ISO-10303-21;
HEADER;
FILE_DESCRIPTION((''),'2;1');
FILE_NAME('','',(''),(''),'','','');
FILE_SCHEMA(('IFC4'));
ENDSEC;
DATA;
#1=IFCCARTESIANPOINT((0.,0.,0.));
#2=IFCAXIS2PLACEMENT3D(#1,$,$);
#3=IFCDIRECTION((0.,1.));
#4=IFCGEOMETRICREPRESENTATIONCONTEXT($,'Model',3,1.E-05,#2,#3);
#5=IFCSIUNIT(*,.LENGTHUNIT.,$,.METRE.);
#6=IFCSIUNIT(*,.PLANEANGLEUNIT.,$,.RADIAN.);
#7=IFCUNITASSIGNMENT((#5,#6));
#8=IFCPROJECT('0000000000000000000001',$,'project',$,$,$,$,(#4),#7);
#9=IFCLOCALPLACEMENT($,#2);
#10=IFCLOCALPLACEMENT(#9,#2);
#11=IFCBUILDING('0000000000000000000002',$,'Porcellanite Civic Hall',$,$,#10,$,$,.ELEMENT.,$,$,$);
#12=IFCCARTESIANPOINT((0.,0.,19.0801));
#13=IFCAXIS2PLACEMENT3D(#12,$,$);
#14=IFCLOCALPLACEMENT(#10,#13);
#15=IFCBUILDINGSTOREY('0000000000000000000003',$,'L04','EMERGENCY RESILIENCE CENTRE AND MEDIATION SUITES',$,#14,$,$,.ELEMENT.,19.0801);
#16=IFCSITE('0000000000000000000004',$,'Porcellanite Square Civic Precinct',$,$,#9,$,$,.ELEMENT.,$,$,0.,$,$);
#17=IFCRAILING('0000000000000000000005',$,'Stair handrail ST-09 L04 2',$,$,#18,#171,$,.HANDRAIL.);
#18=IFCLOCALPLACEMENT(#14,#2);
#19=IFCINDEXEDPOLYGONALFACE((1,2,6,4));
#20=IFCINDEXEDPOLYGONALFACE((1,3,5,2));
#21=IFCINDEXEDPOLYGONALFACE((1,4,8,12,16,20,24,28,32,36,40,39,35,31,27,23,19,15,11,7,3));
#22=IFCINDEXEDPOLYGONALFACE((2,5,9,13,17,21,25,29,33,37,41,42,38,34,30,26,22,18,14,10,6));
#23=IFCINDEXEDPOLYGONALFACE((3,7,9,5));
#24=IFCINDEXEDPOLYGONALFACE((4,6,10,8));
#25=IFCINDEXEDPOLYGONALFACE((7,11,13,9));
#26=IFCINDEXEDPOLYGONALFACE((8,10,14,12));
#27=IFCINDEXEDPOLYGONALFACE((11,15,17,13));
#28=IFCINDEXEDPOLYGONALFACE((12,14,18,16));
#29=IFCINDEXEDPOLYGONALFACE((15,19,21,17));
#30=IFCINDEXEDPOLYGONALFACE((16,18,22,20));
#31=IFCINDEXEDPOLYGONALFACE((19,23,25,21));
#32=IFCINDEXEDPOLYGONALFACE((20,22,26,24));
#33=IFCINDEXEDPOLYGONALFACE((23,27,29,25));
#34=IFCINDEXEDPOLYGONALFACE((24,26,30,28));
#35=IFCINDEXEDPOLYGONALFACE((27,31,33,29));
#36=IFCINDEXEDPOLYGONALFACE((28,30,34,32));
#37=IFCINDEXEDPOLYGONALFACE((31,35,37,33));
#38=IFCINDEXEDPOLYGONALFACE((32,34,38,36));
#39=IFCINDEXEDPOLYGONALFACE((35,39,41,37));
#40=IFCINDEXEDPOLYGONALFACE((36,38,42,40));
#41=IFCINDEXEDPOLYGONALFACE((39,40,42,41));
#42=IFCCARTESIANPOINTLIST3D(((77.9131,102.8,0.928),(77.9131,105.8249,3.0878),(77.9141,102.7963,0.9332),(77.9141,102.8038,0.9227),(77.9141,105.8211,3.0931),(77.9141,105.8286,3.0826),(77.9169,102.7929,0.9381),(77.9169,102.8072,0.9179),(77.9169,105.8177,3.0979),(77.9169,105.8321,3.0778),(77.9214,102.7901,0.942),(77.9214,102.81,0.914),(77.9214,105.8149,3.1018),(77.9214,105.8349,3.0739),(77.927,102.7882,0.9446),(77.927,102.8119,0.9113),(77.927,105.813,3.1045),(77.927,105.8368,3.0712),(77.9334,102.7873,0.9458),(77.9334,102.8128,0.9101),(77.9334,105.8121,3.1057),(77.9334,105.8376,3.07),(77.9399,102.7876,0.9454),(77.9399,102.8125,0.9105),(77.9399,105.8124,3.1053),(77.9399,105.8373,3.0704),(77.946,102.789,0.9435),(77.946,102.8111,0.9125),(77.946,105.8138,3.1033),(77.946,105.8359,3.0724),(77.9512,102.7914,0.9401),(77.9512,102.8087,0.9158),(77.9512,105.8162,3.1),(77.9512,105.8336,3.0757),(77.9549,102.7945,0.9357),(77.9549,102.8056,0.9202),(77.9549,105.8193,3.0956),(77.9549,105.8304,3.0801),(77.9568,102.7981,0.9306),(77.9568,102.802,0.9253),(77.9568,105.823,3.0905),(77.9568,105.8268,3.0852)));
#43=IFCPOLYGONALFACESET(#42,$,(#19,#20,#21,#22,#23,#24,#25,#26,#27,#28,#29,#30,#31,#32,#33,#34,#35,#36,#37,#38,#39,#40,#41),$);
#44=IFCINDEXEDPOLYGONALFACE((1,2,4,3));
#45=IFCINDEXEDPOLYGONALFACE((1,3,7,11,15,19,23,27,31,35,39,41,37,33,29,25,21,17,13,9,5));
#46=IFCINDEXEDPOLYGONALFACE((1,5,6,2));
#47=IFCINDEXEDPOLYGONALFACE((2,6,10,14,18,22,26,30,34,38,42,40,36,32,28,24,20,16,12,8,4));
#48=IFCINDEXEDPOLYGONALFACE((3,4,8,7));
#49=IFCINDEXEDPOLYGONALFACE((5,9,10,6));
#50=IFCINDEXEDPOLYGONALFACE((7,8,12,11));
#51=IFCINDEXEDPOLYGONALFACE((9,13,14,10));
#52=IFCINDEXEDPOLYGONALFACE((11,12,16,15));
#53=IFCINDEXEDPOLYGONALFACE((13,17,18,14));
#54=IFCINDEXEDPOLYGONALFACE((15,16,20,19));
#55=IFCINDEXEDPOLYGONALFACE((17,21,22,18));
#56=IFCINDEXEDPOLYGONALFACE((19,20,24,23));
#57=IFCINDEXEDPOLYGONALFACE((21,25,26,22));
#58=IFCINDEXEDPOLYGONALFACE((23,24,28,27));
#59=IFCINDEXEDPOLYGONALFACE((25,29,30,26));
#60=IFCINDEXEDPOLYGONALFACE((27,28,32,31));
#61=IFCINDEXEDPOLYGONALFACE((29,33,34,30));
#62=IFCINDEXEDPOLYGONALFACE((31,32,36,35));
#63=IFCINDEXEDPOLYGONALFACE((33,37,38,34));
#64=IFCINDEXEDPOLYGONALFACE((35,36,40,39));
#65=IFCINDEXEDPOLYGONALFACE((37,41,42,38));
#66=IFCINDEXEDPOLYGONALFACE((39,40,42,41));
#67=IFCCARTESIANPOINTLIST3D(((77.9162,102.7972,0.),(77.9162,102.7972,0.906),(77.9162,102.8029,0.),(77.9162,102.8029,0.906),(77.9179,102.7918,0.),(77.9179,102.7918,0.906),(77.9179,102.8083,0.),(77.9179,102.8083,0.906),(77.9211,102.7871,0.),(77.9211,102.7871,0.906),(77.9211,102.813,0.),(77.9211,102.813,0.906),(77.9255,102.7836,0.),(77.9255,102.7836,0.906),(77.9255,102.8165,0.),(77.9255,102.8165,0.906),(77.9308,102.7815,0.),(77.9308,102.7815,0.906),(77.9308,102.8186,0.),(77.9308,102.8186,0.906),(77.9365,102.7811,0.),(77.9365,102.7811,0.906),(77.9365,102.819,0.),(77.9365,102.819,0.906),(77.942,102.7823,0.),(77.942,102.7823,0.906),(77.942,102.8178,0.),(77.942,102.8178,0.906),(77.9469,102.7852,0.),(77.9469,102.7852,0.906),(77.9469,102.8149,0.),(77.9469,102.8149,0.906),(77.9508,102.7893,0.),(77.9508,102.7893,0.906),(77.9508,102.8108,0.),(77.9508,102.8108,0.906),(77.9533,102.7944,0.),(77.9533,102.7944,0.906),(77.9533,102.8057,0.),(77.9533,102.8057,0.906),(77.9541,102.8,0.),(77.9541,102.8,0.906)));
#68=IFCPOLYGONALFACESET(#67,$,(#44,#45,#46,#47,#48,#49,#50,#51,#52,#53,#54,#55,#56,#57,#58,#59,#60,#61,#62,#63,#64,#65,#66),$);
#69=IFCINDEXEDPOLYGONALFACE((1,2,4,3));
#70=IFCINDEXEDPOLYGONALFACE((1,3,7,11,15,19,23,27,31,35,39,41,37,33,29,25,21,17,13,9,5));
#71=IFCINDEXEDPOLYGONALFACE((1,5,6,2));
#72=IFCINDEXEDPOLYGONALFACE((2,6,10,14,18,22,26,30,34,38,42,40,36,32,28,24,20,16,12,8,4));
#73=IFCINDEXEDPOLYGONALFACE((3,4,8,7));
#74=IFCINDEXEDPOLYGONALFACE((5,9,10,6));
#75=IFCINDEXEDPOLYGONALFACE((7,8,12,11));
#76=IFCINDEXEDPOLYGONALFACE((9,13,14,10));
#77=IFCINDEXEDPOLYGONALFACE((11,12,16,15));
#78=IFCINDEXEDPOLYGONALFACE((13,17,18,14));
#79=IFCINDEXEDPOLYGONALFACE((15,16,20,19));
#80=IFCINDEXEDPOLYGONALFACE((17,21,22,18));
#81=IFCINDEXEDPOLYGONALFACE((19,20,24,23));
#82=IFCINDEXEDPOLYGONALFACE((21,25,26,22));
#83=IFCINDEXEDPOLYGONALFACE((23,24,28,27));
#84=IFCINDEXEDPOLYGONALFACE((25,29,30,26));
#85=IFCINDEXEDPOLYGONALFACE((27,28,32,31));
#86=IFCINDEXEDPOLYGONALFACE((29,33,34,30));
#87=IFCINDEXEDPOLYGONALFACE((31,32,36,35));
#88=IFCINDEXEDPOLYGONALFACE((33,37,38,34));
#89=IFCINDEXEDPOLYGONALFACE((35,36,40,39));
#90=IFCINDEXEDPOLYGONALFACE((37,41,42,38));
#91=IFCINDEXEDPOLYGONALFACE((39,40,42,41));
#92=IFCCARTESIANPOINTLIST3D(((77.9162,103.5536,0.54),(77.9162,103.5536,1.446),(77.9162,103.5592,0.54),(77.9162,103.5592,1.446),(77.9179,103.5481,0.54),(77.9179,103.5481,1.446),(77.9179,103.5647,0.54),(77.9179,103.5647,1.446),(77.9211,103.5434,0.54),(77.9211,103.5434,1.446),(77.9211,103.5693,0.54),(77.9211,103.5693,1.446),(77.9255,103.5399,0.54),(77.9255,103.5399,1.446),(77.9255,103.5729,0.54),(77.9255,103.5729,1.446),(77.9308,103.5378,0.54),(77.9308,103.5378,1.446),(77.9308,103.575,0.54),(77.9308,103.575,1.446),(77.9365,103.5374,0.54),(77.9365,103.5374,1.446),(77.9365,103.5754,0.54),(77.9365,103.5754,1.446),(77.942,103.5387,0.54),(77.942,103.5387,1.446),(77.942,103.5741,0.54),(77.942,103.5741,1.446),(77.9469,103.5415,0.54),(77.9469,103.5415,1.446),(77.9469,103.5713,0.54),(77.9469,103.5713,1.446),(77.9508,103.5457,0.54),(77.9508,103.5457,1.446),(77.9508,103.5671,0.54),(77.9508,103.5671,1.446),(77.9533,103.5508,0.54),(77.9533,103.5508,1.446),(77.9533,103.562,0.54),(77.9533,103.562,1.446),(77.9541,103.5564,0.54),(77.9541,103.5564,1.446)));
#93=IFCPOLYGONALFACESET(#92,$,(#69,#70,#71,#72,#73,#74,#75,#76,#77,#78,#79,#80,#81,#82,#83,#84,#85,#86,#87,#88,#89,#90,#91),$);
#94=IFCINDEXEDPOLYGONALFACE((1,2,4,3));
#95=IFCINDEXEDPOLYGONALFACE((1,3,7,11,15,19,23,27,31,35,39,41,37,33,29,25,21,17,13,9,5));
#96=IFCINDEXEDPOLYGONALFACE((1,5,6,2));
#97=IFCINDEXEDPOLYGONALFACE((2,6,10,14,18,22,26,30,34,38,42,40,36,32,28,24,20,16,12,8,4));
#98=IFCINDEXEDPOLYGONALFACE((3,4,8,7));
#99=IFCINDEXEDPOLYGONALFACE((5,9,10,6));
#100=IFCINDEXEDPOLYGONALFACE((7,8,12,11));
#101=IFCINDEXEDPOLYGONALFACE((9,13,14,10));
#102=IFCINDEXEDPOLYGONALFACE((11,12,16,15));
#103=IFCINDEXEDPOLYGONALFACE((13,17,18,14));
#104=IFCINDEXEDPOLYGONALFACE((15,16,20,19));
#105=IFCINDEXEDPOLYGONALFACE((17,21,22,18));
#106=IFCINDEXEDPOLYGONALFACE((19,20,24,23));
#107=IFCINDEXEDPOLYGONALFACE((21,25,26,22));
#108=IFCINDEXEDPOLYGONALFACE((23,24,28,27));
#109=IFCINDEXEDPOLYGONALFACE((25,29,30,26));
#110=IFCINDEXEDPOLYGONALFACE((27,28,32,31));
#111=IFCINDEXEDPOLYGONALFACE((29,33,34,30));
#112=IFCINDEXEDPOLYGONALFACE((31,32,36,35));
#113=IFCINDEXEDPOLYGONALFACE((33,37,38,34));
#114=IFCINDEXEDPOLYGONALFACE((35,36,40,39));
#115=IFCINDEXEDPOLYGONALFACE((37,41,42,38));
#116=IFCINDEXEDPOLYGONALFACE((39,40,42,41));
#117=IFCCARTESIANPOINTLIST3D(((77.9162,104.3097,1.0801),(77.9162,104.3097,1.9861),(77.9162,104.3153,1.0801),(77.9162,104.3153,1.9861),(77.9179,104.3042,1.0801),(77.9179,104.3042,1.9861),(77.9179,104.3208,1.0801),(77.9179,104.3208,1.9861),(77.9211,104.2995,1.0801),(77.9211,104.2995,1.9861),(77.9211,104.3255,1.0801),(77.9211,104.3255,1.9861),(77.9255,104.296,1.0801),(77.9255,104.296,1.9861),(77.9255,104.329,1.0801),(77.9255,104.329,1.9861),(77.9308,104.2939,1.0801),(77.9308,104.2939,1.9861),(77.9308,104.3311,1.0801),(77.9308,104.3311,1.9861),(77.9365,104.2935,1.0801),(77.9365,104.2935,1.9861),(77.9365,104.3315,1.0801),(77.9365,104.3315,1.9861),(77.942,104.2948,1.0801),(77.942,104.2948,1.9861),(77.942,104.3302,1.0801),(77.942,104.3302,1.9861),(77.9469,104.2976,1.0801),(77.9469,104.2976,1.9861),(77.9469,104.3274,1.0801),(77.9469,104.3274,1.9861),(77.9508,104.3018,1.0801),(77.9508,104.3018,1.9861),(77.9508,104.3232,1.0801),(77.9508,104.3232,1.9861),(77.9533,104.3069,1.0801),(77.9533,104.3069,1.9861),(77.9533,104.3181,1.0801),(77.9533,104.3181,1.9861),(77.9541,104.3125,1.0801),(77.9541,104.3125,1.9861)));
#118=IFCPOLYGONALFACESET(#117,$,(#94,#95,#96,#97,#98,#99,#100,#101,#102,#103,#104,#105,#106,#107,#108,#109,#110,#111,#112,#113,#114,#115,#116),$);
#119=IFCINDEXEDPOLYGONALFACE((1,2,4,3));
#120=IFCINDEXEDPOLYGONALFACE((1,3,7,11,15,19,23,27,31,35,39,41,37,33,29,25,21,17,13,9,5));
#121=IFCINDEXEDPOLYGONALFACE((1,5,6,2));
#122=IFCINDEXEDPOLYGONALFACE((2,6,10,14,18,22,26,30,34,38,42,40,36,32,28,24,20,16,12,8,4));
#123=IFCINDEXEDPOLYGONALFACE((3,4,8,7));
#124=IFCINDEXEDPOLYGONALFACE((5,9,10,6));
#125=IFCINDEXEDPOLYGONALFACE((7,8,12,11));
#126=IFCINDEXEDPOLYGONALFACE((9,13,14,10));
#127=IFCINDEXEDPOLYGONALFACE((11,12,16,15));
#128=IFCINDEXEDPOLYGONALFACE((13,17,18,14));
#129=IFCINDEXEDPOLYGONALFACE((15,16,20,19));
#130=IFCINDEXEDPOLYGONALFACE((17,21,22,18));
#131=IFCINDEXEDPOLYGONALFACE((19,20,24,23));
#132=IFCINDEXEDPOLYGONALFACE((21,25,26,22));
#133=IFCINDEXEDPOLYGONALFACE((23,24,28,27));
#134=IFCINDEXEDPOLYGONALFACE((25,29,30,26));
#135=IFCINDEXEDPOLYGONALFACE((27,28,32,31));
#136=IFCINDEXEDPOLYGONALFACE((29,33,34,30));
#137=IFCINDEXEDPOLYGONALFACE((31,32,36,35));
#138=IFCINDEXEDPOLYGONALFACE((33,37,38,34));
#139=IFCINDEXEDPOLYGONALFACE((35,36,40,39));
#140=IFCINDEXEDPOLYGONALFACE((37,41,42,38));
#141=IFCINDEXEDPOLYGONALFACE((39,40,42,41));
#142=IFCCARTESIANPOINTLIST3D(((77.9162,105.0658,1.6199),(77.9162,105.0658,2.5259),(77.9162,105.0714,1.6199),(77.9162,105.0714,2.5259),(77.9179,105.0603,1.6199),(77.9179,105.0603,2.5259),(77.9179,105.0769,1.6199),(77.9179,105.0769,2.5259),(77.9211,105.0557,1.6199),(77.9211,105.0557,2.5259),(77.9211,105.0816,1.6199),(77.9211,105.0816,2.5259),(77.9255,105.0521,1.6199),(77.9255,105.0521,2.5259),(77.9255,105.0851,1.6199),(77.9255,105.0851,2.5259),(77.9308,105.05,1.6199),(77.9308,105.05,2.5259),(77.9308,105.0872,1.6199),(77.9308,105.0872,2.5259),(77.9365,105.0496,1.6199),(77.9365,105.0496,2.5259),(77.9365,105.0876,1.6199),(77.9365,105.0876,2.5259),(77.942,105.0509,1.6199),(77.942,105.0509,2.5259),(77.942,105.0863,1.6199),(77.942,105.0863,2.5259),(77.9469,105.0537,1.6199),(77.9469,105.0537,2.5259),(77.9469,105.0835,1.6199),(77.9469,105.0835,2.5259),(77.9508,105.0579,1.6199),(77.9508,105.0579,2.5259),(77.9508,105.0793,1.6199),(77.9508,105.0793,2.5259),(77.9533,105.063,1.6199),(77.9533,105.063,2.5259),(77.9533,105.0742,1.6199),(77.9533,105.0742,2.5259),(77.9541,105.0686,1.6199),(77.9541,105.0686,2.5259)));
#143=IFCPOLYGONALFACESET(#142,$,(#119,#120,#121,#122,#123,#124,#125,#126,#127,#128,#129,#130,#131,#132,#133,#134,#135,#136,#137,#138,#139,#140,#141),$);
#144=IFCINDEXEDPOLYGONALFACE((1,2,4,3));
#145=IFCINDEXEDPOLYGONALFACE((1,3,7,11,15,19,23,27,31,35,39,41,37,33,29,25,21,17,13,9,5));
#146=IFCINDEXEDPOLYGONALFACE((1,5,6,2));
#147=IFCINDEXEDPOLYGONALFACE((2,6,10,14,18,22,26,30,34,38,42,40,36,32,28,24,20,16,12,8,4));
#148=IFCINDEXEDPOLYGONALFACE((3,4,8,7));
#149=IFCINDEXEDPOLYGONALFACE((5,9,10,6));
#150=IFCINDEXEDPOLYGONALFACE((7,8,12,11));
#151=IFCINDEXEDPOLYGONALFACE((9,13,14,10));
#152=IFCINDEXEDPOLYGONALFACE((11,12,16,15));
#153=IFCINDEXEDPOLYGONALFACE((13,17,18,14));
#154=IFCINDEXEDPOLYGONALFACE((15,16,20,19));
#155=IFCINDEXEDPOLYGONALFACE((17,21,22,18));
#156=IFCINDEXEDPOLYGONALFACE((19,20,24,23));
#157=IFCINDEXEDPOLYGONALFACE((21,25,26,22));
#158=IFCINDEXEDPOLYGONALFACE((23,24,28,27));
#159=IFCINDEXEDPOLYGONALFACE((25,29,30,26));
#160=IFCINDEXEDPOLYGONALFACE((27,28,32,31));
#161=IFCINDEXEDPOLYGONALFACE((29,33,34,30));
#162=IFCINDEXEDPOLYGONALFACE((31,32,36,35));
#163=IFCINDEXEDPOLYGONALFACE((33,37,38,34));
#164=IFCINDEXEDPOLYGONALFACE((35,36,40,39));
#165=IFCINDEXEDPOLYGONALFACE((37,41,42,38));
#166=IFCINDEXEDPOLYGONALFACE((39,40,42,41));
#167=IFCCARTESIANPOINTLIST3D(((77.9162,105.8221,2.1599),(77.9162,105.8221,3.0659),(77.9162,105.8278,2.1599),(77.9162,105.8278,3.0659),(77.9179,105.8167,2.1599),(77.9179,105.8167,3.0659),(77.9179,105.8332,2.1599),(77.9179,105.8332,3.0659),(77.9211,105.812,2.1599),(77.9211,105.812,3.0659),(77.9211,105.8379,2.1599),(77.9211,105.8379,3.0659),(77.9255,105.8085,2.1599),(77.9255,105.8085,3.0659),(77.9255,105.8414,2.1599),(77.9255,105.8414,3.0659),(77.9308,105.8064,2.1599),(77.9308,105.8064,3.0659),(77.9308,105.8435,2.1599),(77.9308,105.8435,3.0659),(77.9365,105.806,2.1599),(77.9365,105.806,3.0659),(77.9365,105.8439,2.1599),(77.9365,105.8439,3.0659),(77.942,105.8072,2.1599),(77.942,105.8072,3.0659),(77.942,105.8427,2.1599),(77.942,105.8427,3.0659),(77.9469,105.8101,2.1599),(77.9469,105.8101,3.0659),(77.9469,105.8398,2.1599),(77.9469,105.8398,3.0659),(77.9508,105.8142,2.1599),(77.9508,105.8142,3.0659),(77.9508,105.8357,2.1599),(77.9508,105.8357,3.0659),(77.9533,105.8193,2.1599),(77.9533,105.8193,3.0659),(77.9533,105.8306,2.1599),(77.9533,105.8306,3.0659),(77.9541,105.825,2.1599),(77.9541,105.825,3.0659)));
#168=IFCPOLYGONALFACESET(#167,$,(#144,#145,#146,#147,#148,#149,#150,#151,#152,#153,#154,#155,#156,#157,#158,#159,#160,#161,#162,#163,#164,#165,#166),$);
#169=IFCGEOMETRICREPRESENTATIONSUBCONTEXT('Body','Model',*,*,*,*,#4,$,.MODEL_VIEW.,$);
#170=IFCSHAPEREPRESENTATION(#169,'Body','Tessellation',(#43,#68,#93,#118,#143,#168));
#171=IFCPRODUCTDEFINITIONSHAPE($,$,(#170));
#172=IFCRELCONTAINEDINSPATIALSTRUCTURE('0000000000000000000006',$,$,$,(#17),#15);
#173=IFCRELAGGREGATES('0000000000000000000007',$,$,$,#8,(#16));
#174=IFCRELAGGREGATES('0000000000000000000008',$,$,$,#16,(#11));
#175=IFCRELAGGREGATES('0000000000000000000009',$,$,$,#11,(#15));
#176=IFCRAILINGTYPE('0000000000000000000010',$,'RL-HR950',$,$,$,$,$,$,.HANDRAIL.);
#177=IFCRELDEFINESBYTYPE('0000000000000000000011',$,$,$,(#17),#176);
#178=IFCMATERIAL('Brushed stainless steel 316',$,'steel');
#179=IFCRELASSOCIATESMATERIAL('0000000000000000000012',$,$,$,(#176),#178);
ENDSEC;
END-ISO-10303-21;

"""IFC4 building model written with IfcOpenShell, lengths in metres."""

from ifc_helpers import new_model, si_unit, direction, frame, origin, origin_2d, place, context, subcontext, project, spatial, circle, extrude, material, type_object, element, save


model = new_model("IFC4")

# Units and contexts
model_context = context("Model", 3, precision=1e-05, world=origin(), true_north=direction((0.0, 1.0)))
body_context = subcontext(model_context, "Body", "Model", "MODEL_VIEW")
ifc_project = project(units=[si_unit("LENGTHUNIT", "METRE"), si_unit("PLANEANGLEUNIT", "RADIAN")], contexts=[model_context])

# Site, building, storey
site_placement = place(None, origin())
site = spatial("IfcSite", under=ifc_project, at=site_placement, Name="Porcellanite Square Civic Precinct", CompositionType="ELEMENT", RefElevation=0.0)
building_placement = place(site_placement, origin())
building = spatial("IfcBuilding", under=site, at=building_placement, Name="Porcellanite Civic Hall", CompositionType="ELEMENT")
storey_placement = place(building_placement, frame((0.0, 0.0, 19.0801)))
storey = spatial("IfcBuildingStorey", under=building, at=storey_placement, Name="L04", Description="EMERGENCY RESILIENCE CENTRE AND MEDIATION SUITES", CompositionType="ELEMENT", Elevation=19.0801)

# Railing
ifc_material_1 = material(Name="Brushed stainless steel 316", Category="steel")
railing_type_1 = type_object("IfcRailingType", Name="RL-HR950", PredefinedType="HANDRAIL", material=ifc_material_1)
railing_1_placement = place(storey_placement, frame((77.9351, 102.8, 0.0)))
element("IfcRailing", 1, at=railing_1_placement, inside=storey, type_object=railing_type_1, Name="Stair handrail ST-09 L04 2", PredefinedType="HANDRAIL", context=body_context, shape_type="SweptSolid", body=[
    extrude(circle(Radius=0.022, at=origin_2d()), frame((0.0, 0.0, 0.928), z_axis=(0.0, 0.813827, 0.581108), x_axis=(-1.0, 0.0, 0.0)), (0.0, 0.0, 1.0), 3.7168),
    extrude(circle(Radius=0.019, at=origin_2d()), origin(), (0.0, 0.0, 1.0), 0.906),
    extrude(circle(Radius=0.019, at=origin_2d()), frame((0.0, 0.7563, 0.54)), (0.0, 0.0, 1.0), 0.906),
    extrude(circle(Radius=0.019, at=origin_2d()), frame((0.0, 1.5125, 1.0801)), (0.0, 0.0, 1.0), 0.906),
    extrude(circle(Radius=0.019, at=origin_2d()), frame((0.0, 2.2686, 1.6199)), (0.0, 0.0, 1.0), 0.906),
    extrude(circle(Radius=0.019, at=origin_2d()), frame((0.0, 3.0249, 2.1599)), (0.0, 0.0, 1.0), 0.906),
])

save(model, "model.ifc")
